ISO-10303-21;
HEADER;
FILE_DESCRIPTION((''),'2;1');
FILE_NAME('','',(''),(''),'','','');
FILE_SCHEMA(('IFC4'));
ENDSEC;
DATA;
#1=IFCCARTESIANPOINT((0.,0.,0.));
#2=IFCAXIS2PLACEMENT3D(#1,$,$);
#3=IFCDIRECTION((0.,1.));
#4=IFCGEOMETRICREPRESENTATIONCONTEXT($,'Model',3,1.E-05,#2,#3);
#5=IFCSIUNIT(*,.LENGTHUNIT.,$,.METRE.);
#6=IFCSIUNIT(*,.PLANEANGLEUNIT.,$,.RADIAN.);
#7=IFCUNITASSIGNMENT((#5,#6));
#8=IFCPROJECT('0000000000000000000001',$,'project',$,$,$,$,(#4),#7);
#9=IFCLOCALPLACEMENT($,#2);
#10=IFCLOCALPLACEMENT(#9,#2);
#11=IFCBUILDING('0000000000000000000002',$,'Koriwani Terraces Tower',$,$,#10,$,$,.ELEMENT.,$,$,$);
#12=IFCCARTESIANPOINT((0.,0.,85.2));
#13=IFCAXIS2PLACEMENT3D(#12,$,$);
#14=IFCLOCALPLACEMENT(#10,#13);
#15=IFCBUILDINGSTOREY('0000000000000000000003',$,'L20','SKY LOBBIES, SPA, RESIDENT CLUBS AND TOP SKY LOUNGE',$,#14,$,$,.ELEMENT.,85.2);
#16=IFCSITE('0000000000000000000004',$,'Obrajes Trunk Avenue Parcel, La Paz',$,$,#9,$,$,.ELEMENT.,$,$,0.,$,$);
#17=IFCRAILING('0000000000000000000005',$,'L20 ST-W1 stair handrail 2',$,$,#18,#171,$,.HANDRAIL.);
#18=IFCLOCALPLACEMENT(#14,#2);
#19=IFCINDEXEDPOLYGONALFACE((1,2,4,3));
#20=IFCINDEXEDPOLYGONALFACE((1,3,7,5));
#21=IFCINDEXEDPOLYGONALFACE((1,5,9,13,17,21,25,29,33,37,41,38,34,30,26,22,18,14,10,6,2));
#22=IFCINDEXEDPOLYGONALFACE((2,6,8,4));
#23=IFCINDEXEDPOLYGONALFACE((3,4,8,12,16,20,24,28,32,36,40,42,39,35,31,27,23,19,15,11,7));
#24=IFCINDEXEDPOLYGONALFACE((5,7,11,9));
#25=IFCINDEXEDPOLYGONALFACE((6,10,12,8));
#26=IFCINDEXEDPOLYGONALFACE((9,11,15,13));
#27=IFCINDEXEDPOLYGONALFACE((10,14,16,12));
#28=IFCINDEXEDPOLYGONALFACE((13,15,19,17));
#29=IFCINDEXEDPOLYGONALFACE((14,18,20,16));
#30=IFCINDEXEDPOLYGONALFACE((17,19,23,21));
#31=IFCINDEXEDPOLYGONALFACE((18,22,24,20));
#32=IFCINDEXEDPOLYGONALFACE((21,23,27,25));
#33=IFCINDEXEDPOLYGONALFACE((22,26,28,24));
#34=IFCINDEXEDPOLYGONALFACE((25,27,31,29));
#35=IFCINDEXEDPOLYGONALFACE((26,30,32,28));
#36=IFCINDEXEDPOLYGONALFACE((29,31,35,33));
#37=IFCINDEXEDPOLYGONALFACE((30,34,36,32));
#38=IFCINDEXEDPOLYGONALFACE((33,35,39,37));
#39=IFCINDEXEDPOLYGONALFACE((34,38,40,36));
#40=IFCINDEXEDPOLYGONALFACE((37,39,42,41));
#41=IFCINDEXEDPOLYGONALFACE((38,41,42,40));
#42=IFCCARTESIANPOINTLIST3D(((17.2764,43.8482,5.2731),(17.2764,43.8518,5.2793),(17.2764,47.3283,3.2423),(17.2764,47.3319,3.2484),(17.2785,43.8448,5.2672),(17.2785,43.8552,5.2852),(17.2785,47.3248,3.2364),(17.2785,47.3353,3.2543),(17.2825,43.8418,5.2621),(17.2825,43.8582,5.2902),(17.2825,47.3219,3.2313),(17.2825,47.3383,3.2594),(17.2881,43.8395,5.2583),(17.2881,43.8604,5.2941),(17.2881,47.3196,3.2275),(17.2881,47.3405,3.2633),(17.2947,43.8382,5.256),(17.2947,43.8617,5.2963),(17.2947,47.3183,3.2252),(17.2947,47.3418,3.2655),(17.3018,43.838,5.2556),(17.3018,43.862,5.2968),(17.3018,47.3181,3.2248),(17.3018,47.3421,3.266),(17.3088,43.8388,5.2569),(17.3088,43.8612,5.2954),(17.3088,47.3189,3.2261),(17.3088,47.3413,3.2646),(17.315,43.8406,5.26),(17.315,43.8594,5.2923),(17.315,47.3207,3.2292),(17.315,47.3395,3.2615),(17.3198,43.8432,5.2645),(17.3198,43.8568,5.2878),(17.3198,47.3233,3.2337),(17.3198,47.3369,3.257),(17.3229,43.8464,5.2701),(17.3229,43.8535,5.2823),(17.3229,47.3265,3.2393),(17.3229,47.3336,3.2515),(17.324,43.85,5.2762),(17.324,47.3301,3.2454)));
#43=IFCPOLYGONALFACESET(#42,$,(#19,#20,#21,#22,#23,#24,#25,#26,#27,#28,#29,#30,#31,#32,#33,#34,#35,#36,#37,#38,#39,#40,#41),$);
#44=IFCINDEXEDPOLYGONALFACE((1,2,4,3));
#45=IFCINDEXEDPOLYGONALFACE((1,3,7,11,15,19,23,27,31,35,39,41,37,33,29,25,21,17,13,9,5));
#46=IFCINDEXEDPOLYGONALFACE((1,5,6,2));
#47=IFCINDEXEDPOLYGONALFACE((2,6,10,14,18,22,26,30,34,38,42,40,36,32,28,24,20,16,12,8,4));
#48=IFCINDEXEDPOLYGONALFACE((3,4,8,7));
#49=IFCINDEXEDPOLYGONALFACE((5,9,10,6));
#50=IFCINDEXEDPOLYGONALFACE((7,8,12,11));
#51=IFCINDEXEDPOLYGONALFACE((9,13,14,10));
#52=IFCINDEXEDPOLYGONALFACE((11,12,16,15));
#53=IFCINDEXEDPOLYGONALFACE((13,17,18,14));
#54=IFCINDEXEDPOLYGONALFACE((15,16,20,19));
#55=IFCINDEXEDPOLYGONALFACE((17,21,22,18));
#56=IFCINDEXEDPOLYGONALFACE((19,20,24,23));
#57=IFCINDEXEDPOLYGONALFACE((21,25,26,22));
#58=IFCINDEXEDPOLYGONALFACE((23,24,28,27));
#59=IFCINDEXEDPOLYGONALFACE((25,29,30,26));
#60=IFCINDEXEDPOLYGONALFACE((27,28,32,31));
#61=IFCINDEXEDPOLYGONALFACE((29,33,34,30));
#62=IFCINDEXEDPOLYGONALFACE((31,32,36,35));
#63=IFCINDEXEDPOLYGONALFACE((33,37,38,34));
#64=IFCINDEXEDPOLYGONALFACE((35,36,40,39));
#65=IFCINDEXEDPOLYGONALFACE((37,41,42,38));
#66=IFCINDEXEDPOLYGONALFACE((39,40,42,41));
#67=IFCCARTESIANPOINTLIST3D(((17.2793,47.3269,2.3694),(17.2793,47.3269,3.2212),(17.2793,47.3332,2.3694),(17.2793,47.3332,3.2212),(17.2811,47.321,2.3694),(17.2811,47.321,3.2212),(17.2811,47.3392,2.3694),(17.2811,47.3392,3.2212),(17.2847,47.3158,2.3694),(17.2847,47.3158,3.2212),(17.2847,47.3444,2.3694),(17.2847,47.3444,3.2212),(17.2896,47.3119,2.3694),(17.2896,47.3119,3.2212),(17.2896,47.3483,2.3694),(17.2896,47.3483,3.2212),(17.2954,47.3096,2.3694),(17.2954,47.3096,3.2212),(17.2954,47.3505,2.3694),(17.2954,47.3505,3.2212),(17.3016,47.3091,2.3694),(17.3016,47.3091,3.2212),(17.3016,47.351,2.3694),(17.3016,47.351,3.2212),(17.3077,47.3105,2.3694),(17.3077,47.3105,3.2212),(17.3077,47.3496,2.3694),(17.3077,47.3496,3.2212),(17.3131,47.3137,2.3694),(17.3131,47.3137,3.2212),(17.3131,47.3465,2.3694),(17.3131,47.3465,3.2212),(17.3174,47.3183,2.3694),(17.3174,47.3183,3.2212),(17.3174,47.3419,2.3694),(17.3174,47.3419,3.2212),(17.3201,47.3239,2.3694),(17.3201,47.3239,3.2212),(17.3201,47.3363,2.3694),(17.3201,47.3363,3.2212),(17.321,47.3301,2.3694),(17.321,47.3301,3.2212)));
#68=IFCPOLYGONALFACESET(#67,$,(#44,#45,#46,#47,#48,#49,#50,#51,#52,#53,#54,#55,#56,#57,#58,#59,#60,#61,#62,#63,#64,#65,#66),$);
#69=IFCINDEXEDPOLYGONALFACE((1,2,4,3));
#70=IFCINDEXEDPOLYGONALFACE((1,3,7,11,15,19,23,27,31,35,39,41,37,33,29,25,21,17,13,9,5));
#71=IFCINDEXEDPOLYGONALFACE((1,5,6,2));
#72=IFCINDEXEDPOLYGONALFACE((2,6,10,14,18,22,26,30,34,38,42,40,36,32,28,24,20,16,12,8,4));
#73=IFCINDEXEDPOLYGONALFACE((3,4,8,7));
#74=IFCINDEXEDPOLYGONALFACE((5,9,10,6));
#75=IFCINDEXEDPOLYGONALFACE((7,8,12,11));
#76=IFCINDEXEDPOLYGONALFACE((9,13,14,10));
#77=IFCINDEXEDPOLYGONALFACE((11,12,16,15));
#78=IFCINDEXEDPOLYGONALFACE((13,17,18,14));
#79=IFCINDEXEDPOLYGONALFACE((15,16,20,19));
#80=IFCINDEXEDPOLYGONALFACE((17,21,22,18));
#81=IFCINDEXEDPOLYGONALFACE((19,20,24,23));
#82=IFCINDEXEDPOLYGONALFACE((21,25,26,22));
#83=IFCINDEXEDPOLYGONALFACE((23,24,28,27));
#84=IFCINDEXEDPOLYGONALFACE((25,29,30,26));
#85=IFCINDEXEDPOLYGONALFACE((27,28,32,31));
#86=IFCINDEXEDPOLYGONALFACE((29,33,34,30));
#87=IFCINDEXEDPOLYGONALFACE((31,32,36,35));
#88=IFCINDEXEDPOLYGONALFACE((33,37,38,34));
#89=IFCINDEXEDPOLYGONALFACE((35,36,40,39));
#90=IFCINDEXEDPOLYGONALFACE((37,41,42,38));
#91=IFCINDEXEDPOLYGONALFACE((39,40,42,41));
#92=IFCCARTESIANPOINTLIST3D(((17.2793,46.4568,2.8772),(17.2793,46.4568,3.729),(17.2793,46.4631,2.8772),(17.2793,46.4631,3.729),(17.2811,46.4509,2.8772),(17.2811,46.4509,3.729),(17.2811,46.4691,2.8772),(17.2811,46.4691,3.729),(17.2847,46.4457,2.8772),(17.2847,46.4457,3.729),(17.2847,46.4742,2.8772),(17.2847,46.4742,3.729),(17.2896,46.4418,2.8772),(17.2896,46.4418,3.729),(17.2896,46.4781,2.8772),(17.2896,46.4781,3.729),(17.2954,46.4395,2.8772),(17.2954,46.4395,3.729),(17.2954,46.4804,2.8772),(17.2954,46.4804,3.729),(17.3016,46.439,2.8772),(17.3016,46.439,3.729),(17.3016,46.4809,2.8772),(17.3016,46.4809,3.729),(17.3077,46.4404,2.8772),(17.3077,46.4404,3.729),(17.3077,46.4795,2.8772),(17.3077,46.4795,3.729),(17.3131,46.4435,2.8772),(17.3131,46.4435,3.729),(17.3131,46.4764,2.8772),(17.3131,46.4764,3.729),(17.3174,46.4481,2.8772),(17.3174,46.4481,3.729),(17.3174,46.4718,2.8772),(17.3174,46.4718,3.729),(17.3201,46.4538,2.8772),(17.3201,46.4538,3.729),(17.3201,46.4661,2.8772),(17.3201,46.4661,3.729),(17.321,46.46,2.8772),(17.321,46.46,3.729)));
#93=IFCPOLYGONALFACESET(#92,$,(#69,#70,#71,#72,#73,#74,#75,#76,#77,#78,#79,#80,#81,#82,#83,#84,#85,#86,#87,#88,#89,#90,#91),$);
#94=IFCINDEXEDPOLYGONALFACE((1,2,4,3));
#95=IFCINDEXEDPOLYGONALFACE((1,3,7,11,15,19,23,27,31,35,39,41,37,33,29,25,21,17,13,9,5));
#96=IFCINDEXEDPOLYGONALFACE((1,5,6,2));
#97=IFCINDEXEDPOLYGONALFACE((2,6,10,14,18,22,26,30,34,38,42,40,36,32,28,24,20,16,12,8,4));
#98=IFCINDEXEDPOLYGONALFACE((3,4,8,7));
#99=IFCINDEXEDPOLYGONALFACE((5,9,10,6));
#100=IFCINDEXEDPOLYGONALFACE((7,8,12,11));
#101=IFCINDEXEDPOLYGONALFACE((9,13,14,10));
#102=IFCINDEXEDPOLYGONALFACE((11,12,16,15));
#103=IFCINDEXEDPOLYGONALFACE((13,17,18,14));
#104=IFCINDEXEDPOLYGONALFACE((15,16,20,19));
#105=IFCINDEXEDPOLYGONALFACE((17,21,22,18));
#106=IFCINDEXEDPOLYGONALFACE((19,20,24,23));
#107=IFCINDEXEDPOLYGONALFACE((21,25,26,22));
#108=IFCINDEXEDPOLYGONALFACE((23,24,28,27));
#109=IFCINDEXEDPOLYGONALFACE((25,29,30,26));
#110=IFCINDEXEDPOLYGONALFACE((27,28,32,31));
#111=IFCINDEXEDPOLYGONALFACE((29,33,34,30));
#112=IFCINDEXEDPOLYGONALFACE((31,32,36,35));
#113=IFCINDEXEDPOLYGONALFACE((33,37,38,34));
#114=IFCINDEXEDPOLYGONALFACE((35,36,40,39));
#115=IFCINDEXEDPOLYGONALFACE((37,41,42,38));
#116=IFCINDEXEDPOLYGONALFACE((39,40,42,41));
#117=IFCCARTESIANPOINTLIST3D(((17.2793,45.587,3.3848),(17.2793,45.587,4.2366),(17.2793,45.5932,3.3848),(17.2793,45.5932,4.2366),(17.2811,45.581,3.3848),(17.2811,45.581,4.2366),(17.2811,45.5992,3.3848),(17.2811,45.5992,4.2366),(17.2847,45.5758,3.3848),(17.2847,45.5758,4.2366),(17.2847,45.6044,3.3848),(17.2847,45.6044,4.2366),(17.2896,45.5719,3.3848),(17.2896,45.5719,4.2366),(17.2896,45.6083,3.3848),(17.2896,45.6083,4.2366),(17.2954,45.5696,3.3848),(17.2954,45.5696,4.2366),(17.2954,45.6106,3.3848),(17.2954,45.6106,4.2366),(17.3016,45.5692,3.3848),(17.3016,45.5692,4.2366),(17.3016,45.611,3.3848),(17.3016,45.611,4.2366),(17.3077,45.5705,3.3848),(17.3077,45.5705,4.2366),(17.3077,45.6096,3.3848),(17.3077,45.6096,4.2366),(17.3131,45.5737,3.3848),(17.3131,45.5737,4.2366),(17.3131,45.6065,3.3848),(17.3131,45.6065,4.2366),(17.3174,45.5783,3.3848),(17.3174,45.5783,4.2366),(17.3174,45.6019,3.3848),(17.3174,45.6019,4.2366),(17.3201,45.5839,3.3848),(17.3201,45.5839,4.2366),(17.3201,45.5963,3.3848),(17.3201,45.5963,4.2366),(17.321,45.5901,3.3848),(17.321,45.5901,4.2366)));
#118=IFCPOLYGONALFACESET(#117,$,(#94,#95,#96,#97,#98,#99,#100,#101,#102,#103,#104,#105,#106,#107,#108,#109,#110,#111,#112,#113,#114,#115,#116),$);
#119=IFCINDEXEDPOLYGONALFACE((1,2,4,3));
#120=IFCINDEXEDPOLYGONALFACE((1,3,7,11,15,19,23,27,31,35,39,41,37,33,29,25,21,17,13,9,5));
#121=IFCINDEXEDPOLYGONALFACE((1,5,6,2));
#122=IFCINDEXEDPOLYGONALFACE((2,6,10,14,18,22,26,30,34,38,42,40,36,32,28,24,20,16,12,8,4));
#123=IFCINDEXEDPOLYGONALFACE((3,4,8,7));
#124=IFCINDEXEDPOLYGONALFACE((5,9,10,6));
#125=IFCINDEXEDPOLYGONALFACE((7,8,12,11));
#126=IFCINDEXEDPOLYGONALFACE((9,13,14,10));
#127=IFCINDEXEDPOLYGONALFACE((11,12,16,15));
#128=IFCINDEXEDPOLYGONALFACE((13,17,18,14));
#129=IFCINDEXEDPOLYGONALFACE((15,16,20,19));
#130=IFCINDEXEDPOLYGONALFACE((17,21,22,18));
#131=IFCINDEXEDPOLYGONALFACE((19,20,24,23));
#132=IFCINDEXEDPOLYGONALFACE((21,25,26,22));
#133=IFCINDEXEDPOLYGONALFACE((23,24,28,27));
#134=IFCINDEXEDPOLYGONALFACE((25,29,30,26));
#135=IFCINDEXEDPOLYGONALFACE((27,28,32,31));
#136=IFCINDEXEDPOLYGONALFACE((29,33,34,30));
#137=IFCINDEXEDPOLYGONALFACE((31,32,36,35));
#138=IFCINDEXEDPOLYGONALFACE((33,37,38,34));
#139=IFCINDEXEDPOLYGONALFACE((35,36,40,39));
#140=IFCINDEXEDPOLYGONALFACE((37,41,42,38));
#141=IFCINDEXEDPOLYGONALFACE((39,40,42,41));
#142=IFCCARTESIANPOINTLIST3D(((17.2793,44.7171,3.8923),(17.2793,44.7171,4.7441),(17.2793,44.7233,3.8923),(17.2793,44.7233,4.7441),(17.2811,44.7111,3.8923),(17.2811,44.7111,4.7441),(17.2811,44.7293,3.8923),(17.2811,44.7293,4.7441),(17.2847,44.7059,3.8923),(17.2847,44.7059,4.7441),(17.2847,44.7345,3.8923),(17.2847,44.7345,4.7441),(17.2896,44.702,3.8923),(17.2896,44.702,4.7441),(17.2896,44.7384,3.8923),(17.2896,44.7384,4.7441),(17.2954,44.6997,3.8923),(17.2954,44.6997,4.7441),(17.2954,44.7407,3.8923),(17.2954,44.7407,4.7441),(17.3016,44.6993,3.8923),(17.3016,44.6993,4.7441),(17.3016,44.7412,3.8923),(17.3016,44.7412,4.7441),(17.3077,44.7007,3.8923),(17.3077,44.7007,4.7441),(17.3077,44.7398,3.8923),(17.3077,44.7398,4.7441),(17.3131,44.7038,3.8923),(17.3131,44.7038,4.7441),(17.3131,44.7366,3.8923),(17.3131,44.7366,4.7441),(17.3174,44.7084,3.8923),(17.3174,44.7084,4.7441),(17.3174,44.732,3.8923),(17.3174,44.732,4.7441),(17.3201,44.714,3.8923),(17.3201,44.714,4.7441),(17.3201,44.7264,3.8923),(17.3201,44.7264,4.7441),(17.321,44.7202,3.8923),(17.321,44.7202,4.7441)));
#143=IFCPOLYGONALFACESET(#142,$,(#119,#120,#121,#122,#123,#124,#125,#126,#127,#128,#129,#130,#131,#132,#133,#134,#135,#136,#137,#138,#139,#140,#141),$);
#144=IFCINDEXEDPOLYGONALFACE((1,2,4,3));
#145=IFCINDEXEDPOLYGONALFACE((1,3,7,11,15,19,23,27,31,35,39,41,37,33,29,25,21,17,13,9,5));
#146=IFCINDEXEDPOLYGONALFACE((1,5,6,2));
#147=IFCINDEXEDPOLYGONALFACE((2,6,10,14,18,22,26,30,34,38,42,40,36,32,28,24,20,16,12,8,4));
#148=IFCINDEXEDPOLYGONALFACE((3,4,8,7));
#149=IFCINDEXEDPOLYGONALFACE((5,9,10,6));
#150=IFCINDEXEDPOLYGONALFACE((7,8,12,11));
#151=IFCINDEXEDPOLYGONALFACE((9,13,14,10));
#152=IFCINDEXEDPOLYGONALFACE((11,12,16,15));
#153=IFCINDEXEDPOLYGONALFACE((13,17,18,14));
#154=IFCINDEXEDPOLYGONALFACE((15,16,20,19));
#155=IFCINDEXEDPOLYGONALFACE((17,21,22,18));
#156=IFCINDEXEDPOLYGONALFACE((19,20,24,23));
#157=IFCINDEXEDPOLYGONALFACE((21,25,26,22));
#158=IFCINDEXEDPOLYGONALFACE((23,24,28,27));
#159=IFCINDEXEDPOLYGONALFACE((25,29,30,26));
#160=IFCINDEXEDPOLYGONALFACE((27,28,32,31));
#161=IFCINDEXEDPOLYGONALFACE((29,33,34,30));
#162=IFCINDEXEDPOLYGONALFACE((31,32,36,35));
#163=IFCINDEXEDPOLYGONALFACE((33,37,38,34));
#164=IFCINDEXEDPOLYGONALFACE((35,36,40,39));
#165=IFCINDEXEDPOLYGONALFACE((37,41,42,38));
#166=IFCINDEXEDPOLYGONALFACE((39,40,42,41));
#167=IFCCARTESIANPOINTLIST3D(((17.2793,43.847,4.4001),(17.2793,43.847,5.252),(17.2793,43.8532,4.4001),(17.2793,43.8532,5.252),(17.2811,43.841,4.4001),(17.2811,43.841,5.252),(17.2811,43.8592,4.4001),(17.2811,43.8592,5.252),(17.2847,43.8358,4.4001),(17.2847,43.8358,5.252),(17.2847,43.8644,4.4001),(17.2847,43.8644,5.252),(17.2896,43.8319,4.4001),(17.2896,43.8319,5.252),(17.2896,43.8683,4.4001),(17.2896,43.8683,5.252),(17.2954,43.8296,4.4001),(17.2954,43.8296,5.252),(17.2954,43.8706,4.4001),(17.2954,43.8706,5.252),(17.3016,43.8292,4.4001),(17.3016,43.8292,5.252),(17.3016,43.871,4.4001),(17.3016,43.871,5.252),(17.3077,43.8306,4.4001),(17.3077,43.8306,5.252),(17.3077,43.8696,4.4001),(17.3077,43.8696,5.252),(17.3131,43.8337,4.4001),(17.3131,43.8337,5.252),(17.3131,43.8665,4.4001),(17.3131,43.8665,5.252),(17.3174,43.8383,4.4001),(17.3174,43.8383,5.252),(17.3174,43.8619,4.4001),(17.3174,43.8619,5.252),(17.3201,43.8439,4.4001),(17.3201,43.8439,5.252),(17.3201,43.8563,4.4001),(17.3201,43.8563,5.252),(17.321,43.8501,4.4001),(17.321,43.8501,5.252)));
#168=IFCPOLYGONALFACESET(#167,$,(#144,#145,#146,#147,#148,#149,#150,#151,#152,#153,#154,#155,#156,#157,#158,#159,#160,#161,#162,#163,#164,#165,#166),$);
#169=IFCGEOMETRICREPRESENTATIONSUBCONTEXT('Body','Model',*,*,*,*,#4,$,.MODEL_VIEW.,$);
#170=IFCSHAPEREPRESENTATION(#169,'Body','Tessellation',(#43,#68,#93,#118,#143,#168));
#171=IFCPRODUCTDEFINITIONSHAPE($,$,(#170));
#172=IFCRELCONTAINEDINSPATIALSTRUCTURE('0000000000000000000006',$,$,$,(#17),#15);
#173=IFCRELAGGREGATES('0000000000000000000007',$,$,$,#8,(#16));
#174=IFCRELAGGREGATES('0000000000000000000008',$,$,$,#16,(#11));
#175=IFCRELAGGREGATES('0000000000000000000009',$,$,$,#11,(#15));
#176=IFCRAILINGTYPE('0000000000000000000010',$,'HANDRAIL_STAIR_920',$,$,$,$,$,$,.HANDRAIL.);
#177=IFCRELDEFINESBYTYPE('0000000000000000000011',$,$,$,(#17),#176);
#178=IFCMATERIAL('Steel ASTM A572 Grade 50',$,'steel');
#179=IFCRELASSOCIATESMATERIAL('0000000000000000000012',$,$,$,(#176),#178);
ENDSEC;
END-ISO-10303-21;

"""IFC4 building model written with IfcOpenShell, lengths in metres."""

from ifc_helpers import new_model, si_unit, direction, frame, origin, origin_2d, place, context, subcontext, project, spatial, circle, extrude, material, type_object, element, save


model = new_model("IFC4")

# Units and contexts
model_context = context("Model", 3, precision=1e-05, world=origin(), true_north=direction((0.0, 1.0)))
body_context = subcontext(model_context, "Body", "Model", "MODEL_VIEW")
ifc_project = project(units=[si_unit("LENGTHUNIT", "METRE"), si_unit("PLANEANGLEUNIT", "RADIAN")], contexts=[model_context])

# Site, building, storey
site_placement = place(None, origin())
site = spatial("IfcSite", under=ifc_project, at=site_placement, Name="Obrajes Trunk Avenue Parcel, La Paz", CompositionType="ELEMENT", RefElevation=0.0)
building_placement = place(site_placement, origin())
building = spatial("IfcBuilding", under=site, at=building_placement, Name="Koriwani Terraces Tower", CompositionType="ELEMENT")
storey_placement = place(building_placement, frame((0.0, 0.0, 85.2)))
storey = spatial("IfcBuildingStorey", under=building, at=storey_placement, Name="L20", Description="SKY LOBBIES, SPA, RESIDENT CLUBS AND TOP SKY LOUNGE", CompositionType="ELEMENT", Elevation=85.2)

# Shared definitions
ifc_material_1 = material(Name="Steel ASTM A572 Grade 50", Category="steel")

# Railing
railing_type_1 = type_object("IfcRailingType", Name="HANDRAIL_STAIR_920", PredefinedType="HANDRAIL", material=ifc_material_1)
railing_1_placement = place(storey_placement, frame((17.3, 47.3301, 2.3694)))
element("IfcRailing", 1, at=railing_1_placement, inside=storey, type_object=railing_type_1, Name="L20 ST-W1 stair handrail 2", PredefinedType="HANDRAIL", context=body_context, shape_type="SweptSolid", body=[
    extrude(circle(Radius=0.0239, at=origin_2d()), frame((0.0, 0.0, 0.876), z_axis=(0.0, -0.863695, 0.504014), x_axis=(1.0, 0.0, 0.0)), (0.0, 0.0, 1.0), 4.0293),
    extrude(circle(Radius=0.021, at=origin_2d()), origin(), (0.0, 0.0, 1.0), 0.8518),
    extrude(circle(Radius=0.021, at=origin_2d()), frame((0.0, -0.8701, 0.5078)), (0.0, 0.0, 1.0), 0.8518),
    extrude(circle(Radius=0.021, at=origin_2d()), frame((0.0, -1.74, 1.0154)), (0.0, 0.0, 1.0), 0.8518),
    extrude(circle(Radius=0.021, at=origin_2d()), frame((0.0, -2.6099, 1.5229)), (0.0, 0.0, 1.0), 0.8518),
    extrude(circle(Radius=0.021, at=origin_2d()), frame((0.0, -3.48, 2.0308)), (0.0, 0.0, 1.0), 0.8518),
])

save(model, "model.ifc")
